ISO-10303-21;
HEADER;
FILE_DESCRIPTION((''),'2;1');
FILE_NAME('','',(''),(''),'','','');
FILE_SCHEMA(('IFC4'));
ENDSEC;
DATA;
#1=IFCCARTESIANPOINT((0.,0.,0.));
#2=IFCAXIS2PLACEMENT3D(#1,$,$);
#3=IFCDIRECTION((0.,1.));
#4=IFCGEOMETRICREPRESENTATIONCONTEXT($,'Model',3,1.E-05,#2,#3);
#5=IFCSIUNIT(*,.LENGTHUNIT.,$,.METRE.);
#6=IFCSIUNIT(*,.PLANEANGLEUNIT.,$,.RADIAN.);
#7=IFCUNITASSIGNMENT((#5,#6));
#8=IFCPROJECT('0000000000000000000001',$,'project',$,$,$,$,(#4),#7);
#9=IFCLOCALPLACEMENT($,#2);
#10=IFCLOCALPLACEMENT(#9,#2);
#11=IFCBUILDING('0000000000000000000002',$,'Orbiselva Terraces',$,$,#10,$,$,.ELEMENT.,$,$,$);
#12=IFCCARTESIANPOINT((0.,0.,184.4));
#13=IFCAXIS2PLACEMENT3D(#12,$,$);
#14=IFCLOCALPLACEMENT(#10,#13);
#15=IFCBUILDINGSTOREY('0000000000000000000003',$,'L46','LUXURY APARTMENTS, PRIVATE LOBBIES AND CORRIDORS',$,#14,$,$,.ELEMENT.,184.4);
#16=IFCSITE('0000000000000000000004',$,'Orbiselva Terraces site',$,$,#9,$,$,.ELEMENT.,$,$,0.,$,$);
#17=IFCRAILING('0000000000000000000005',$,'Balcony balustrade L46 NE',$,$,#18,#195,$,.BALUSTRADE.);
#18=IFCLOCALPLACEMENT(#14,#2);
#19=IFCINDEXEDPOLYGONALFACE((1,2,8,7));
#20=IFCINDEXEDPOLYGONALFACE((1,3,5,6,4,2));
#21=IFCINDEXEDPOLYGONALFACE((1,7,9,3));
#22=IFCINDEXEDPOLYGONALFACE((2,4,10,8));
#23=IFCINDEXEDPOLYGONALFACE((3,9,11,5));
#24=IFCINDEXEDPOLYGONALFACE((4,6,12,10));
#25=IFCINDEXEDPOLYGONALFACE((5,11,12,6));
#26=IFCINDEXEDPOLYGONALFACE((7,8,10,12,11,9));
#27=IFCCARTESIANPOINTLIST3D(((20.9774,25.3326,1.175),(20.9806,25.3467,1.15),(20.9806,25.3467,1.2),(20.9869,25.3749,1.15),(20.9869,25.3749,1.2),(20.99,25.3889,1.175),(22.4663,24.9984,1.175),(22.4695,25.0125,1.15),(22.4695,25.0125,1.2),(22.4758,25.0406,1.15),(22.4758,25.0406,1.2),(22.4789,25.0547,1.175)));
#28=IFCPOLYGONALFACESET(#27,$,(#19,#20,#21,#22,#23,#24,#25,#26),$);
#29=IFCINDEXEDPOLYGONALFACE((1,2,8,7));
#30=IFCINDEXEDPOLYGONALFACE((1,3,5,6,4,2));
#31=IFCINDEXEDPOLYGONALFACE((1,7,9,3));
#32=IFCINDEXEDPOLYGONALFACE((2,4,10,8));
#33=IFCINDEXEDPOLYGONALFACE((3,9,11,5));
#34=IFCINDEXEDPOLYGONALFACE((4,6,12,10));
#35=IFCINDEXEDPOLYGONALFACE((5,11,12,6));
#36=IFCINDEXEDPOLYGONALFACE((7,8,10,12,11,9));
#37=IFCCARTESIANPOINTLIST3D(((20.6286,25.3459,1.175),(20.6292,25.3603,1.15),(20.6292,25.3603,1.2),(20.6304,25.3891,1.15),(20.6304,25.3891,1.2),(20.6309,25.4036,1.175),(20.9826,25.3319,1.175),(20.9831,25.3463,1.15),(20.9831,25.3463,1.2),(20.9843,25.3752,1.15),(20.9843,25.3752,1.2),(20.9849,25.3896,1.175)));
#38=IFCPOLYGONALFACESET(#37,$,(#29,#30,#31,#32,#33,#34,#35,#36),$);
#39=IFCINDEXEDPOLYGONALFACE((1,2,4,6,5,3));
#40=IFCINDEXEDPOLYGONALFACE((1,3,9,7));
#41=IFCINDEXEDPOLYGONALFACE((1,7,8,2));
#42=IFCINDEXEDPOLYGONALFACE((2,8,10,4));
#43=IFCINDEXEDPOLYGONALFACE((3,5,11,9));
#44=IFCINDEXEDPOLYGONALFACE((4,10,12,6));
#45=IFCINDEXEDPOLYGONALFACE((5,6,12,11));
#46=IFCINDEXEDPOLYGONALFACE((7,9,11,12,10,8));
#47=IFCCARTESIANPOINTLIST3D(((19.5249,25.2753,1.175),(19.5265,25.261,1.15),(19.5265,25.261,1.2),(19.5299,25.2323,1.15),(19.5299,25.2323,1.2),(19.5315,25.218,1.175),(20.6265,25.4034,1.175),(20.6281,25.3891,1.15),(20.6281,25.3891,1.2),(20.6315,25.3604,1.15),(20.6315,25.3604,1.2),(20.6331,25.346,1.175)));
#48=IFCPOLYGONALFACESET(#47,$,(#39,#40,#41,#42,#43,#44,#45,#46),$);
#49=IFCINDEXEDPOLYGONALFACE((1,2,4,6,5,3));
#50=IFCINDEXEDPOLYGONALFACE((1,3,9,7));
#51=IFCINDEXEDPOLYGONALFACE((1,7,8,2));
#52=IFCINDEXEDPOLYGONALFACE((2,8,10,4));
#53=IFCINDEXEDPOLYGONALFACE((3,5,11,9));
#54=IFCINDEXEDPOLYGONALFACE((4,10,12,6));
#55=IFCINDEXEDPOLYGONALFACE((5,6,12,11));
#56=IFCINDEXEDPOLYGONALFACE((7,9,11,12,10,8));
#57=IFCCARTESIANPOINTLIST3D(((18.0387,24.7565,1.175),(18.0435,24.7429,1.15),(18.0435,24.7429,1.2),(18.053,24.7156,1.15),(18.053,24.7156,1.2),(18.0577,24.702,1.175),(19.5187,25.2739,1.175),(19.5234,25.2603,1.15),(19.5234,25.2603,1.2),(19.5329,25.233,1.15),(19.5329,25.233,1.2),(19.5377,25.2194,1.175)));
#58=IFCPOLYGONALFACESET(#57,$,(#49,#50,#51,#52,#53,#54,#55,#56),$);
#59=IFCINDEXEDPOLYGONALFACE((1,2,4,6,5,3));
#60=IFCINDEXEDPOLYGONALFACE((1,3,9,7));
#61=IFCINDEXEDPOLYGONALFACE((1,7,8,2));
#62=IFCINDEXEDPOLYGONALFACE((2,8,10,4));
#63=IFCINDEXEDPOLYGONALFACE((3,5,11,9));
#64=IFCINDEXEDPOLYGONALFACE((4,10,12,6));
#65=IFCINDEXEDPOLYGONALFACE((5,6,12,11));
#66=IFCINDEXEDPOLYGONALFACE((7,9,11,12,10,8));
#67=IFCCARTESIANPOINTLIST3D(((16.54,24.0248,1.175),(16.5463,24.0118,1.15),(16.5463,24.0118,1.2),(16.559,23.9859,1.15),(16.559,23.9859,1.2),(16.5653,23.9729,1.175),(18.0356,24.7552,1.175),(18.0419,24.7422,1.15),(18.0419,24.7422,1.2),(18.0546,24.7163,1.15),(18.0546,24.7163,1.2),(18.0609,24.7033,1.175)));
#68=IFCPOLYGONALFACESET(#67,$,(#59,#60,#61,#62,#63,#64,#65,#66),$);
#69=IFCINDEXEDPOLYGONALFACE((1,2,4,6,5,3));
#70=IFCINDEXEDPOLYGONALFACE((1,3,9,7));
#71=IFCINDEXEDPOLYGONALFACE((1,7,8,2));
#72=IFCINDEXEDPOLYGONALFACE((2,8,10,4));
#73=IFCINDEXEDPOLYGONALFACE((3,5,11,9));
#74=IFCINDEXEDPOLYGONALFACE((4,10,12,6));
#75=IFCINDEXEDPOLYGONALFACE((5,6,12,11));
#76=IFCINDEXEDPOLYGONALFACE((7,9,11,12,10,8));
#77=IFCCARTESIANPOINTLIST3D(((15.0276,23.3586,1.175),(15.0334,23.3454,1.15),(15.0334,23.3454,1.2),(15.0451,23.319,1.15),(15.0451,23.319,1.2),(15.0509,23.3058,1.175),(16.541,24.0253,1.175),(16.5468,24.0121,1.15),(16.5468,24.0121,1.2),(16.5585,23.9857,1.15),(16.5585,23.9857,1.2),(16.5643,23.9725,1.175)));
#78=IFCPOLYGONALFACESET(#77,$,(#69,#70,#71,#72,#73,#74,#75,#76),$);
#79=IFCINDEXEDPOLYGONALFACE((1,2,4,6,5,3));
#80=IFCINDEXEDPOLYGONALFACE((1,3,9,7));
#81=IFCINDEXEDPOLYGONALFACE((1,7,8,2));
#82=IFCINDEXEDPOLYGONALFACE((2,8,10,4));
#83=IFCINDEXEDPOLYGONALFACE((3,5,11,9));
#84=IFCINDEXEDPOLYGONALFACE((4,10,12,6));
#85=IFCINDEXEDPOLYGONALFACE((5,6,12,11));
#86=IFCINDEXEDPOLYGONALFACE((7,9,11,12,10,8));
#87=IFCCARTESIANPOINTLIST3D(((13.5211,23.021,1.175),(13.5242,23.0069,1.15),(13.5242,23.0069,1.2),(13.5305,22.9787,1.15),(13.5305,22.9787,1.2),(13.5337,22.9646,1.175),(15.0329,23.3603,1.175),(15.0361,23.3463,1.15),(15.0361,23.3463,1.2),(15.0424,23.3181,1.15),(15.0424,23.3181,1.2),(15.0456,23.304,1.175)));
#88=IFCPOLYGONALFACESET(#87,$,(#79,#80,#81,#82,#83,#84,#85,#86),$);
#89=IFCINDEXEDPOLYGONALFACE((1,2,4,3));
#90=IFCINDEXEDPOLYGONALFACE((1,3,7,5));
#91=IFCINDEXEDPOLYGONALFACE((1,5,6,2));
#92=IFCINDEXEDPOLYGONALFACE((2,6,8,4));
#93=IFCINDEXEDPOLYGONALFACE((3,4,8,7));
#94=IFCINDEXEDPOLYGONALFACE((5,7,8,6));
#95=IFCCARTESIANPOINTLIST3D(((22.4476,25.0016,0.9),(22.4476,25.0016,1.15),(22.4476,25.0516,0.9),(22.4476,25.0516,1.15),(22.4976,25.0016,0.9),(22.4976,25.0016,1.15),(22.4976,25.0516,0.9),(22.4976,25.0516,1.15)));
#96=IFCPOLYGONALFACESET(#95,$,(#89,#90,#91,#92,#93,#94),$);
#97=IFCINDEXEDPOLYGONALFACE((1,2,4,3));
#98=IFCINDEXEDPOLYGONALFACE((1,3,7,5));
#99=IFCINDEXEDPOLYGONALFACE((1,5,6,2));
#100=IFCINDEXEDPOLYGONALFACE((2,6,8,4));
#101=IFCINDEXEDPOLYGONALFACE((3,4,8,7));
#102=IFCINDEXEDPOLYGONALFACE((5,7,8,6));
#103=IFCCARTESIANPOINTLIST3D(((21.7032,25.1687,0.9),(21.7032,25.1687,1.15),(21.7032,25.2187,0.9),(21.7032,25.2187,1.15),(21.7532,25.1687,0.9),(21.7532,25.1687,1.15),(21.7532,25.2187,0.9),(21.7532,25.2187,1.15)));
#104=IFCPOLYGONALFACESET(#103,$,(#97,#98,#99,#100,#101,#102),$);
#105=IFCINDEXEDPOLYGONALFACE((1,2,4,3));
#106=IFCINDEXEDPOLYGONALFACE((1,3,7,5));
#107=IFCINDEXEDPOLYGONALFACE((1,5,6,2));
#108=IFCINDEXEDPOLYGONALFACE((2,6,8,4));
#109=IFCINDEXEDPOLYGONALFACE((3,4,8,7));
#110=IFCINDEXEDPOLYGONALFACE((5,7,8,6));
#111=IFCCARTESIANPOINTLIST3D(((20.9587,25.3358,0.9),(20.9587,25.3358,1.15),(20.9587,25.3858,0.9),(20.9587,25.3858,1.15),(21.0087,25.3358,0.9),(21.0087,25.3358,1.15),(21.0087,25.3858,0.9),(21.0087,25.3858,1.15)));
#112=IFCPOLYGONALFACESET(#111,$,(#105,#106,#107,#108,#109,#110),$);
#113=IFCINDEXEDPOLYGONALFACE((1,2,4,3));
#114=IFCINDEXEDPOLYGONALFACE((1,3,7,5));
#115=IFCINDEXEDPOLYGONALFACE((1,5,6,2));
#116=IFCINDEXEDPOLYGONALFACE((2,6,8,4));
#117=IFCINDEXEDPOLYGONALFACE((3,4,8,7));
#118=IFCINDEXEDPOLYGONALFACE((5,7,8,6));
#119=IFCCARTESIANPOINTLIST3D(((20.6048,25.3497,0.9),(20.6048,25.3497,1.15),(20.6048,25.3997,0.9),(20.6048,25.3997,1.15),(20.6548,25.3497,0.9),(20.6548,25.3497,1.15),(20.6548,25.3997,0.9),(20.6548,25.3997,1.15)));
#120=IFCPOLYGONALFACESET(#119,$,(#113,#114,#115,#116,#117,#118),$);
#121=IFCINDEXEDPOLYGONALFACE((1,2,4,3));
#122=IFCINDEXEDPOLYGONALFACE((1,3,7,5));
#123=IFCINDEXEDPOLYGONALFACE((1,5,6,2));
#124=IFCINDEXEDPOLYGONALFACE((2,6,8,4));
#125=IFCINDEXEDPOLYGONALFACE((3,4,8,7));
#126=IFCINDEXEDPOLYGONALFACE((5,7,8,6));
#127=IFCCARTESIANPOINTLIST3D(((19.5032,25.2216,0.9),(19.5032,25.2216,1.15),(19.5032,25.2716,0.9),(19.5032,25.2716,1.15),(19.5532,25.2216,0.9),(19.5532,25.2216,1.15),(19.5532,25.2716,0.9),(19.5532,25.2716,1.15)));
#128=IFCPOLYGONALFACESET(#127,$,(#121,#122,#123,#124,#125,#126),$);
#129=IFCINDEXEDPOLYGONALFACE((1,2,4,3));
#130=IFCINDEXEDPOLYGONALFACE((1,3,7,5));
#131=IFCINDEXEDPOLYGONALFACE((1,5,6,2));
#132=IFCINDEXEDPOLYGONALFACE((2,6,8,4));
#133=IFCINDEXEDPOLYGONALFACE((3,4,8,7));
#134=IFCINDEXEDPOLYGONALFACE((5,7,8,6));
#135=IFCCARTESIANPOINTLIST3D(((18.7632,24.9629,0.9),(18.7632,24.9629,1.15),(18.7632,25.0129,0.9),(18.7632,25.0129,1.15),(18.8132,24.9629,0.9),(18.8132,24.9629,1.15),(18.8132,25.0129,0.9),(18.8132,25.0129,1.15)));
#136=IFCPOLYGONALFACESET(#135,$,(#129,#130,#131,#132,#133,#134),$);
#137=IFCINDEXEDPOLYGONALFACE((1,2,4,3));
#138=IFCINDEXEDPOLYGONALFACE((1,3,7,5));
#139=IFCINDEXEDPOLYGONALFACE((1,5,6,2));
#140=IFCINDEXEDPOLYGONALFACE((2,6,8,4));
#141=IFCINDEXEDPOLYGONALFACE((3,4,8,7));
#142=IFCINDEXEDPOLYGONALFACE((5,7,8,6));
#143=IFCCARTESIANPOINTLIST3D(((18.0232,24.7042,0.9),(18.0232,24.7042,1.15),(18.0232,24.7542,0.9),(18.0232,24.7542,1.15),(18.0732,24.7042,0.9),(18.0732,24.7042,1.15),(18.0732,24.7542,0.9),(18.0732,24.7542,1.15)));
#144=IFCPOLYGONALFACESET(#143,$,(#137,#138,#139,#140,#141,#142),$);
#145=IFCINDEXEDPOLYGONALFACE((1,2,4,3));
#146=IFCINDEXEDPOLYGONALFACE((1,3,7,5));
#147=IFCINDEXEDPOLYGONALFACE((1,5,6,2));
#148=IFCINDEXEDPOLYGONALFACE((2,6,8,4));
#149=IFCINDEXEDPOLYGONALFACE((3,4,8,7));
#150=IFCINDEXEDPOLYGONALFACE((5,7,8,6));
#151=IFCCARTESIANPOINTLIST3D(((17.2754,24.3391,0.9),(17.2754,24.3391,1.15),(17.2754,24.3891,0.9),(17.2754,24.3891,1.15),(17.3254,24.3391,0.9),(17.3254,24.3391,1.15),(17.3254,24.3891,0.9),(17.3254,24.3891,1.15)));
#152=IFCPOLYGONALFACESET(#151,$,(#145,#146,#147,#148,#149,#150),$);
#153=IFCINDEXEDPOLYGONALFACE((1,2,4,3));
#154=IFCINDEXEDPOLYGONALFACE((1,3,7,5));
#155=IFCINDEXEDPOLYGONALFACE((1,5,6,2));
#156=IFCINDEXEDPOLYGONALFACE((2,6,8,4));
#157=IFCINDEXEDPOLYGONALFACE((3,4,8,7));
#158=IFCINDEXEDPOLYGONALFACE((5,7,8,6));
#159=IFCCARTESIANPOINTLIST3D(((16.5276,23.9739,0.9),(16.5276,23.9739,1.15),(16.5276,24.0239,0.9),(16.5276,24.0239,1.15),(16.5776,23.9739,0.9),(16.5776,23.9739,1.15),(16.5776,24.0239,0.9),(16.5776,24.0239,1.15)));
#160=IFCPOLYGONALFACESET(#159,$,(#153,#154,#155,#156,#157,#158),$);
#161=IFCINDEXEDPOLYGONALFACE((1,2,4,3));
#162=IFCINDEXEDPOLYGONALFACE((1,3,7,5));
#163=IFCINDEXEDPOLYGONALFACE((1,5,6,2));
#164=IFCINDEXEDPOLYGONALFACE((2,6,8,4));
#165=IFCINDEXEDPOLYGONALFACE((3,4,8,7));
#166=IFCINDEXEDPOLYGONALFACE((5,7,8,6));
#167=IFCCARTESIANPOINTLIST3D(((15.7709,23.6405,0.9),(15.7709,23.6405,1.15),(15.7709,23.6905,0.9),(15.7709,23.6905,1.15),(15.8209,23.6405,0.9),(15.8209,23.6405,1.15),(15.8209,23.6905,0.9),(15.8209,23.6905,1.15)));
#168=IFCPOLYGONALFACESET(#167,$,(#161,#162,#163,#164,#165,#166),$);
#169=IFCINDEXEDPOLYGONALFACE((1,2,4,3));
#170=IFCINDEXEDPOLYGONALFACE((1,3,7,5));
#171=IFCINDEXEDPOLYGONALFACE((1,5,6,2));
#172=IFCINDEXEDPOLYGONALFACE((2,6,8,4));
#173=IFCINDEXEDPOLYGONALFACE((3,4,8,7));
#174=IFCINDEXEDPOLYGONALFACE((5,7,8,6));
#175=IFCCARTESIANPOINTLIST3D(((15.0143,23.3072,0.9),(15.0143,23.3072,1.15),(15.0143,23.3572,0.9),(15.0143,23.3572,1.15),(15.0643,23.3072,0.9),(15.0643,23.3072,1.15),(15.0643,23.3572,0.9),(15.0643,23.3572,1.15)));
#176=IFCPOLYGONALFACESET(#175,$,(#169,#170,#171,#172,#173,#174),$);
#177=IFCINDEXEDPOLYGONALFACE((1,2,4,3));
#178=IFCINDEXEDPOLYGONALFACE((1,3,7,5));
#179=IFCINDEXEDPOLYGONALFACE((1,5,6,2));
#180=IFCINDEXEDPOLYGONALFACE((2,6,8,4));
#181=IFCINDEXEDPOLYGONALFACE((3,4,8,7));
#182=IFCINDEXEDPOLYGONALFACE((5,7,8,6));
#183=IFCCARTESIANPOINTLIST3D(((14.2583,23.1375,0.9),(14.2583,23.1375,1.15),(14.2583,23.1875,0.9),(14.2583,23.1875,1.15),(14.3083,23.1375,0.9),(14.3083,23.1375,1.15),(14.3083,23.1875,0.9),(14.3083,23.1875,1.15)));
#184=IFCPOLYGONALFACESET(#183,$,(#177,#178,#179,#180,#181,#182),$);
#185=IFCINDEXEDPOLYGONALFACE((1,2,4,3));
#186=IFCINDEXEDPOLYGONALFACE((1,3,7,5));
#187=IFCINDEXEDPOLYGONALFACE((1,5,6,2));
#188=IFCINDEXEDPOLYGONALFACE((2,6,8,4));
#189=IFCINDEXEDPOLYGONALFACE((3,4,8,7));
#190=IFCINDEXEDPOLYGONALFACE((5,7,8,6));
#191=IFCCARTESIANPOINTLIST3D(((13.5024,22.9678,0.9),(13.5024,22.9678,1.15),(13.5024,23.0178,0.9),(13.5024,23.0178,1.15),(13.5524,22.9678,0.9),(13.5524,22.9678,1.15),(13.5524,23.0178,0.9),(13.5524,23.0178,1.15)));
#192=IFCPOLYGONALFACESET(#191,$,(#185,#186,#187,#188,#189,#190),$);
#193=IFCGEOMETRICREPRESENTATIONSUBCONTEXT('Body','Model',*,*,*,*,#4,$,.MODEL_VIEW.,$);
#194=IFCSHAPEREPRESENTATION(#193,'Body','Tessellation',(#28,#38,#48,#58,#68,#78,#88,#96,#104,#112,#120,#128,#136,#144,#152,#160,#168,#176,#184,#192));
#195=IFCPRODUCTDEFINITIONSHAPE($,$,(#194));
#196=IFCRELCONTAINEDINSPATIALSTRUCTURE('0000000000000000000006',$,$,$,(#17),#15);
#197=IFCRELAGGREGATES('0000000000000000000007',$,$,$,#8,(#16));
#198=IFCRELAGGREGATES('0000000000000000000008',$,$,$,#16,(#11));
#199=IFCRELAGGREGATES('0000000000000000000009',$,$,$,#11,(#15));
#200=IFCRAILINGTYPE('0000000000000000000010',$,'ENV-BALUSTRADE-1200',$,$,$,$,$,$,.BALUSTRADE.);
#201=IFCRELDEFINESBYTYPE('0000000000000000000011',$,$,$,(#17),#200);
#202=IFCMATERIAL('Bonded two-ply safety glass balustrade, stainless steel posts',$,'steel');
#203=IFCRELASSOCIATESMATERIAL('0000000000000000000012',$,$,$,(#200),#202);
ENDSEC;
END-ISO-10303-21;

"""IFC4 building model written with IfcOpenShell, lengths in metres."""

from ifc_helpers import new_model, si_unit, direction, frame, origin, origin_2d, place, context, subcontext, project, spatial, polyline, rectangle, outline, extrude, material, type_object, element, save


model = new_model("IFC4")

# Units and contexts
model_context = context("Model", 3, precision=1e-05, world=origin(), true_north=direction((0.0, 1.0)))
body_context = subcontext(model_context, "Body", "Model", "MODEL_VIEW")
ifc_project = project(units=[si_unit("LENGTHUNIT", "METRE"), si_unit("PLANEANGLEUNIT", "RADIAN")], contexts=[model_context])

# Site, building, storey
site_placement = place(None, origin())
site = spatial("IfcSite", under=ifc_project, at=site_placement, Name="Orbiselva Terraces site", CompositionType="ELEMENT", RefElevation=0.0)
building_placement = place(site_placement, origin())
building = spatial("IfcBuilding", under=site, at=building_placement, Name="Orbiselva Terraces", CompositionType="ELEMENT")
storey_placement = place(building_placement, frame((0.0, 0.0, 184.4)))
storey = spatial("IfcBuildingStorey", under=building, at=storey_placement, Name="L46", Description="LUXURY APARTMENTS, PRIVATE LOBBIES AND CORRIDORS", CompositionType="ELEMENT", Elevation=184.4)

# Railing
ifc_material_1 = material(Name="Bonded two-ply safety glass balustrade, stainless steel posts", Category="steel")
railing_type_1 = type_object("IfcRailingType", Name="ENV-BALUSTRADE-1200", PredefinedType="BALUSTRADE", material=ifc_material_1)
railing_1_placement = place(storey_placement, frame((22.4726, 25.0266, 0.9)))
element("IfcRailing", 1, at=railing_1_placement, inside=storey, type_object=railing_type_1, Name="Balcony balustrade L46 NE", PredefinedType="BALUSTRADE", context=body_context, shape_type="SweptSolid", body=[
    extrude(outline(polyline([(0.0289, 0.0), (0.0144, 0.025), (-0.0144, 0.025), (-0.0289, 0.0), (-0.0144, -0.025), (0.0144, -0.025), (0.0289, 0.0)])), frame((0.0, 0.0, 0.275), z_axis=(-0.975721, 0.219016, 0.0), x_axis=(-0.219016, -0.975721, 0.0)), (0.0, 0.0, 1.0), 1.526),
    extrude(outline(polyline([(0.0289, 0.0), (0.0144, 0.025), (-0.0144, 0.025), (-0.0289, 0.0), (-0.0144, -0.025), (0.0144, -0.025), (0.0289, 0.0)])), frame((-1.4889, 0.3342, 0.275), z_axis=(-0.999225, 0.039364, 0.0), x_axis=(-0.039364, -0.999225, 0.0)), (0.0, 0.0, 1.0), 0.3542),
    extrude(outline(polyline([(0.0289, 0.0), (0.0144, 0.025), (-0.0144, 0.025), (-0.0289, 0.0), (-0.0144, -0.025), (0.0144, -0.025), (0.0289, 0.0)])), frame((-1.8428, 0.3482, 0.275), z_axis=(-0.99331, -0.115481, 0.0), x_axis=(0.115481, -0.99331, 0.0)), (0.0, 0.0, 1.0), 1.109),
    extrude(outline(polyline([(0.0289, 0.0), (0.0144, 0.025), (-0.0144, 0.025), (-0.0289, 0.0), (-0.0144, -0.025), (0.0144, -0.025), (0.0289, 0.0)])), frame((-2.9444, 0.2201, 0.275), z_axis=(-0.943972, -0.330025, 0.0), x_axis=(0.330025, -0.943972, 0.0)), (0.0, 0.0, 1.0), 1.5678),
    extrude(outline(polyline([(0.0289, 0.0), (0.0144, 0.025), (-0.0144, 0.025), (-0.0289, 0.0), (-0.0144, -0.025), (0.0144, -0.025), (0.0289, 0.0)])), frame((-4.4244, -0.2973, 0.275), z_axis=(-0.898579, -0.438812, 0.0), x_axis=(0.438812, -0.898579, 0.0)), (0.0, 0.0, 1.0), 1.6644),
    extrude(outline(polyline([(0.0289, 0.0), (0.0144, 0.025), (-0.0144, 0.025), (-0.0289, 0.0), (-0.0144, -0.025), (0.0144, -0.025), (0.0289, 0.0)])), frame((-5.92, -1.0277, 0.275), z_axis=(-0.915134, -0.403151, 0.0), x_axis=(0.403151, -0.915134, 0.0)), (0.0, 0.0, 1.0), 1.6537),
    extrude(outline(polyline([(0.0289, 0.0), (0.0144, 0.025), (-0.0144, 0.025), (-0.0289, 0.0), (-0.0144, -0.025), (0.0144, -0.025), (0.0289, 0.0)])), frame((-7.4334, -1.6944, 0.275), z_axis=(-0.975721, -0.219016, 0.0), x_axis=(0.219016, -0.975721, 0.0)), (0.0, 0.0, 1.0), 1.5495),
    extrude(rectangle(XDim=0.05, YDim=0.05, at=origin_2d()), origin(), (0.0, 0.0, 1.0), 0.25),
    extrude(rectangle(XDim=0.05, YDim=0.05, at=origin_2d()), frame((-0.7445, 0.1671, 0.0)), (0.0, 0.0, 1.0), 0.25),
    extrude(rectangle(XDim=0.05, YDim=0.05, at=origin_2d()), frame((-1.4889, 0.3342, 0.0)), (0.0, 0.0, 1.0), 0.25),
    extrude(rectangle(XDim=0.05, YDim=0.05, at=origin_2d()), frame((-1.8428, 0.3482, 0.0)), (0.0, 0.0, 1.0), 0.25),
    extrude(rectangle(XDim=0.05, YDim=0.05, at=origin_2d()), frame((-2.9444, 0.2201, 0.0)), (0.0, 0.0, 1.0), 0.25),
    extrude(rectangle(XDim=0.05, YDim=0.05, at=origin_2d()), frame((-3.6844, -0.0386, 0.0)), (0.0, 0.0, 1.0), 0.25),
    extrude(rectangle(XDim=0.05, YDim=0.05, at=origin_2d()), frame((-4.4244, -0.2973, 0.0)), (0.0, 0.0, 1.0), 0.25),
    extrude(rectangle(XDim=0.05, YDim=0.05, at=origin_2d()), frame((-5.1722, -0.6625, 0.0)), (0.0, 0.0, 1.0), 0.25),
    extrude(rectangle(XDim=0.05, YDim=0.05, at=origin_2d()), frame((-5.92, -1.0277, 0.0)), (0.0, 0.0, 1.0), 0.25),
    extrude(rectangle(XDim=0.05, YDim=0.05, at=origin_2d()), frame((-6.6767, -1.361, 0.0)), (0.0, 0.0, 1.0), 0.25),
    extrude(rectangle(XDim=0.05, YDim=0.05, at=origin_2d()), frame((-7.4334, -1.6944, 0.0)), (0.0, 0.0, 1.0), 0.25),
    extrude(rectangle(XDim=0.05, YDim=0.05, at=origin_2d()), frame((-8.1893, -1.8641, 0.0)), (0.0, 0.0, 1.0), 0.25),
    extrude(rectangle(XDim=0.05, YDim=0.05, at=origin_2d()), frame((-8.9452, -2.0338, 0.0)), (0.0, 0.0, 1.0), 0.25),
])

save(model, "model.ifc")
